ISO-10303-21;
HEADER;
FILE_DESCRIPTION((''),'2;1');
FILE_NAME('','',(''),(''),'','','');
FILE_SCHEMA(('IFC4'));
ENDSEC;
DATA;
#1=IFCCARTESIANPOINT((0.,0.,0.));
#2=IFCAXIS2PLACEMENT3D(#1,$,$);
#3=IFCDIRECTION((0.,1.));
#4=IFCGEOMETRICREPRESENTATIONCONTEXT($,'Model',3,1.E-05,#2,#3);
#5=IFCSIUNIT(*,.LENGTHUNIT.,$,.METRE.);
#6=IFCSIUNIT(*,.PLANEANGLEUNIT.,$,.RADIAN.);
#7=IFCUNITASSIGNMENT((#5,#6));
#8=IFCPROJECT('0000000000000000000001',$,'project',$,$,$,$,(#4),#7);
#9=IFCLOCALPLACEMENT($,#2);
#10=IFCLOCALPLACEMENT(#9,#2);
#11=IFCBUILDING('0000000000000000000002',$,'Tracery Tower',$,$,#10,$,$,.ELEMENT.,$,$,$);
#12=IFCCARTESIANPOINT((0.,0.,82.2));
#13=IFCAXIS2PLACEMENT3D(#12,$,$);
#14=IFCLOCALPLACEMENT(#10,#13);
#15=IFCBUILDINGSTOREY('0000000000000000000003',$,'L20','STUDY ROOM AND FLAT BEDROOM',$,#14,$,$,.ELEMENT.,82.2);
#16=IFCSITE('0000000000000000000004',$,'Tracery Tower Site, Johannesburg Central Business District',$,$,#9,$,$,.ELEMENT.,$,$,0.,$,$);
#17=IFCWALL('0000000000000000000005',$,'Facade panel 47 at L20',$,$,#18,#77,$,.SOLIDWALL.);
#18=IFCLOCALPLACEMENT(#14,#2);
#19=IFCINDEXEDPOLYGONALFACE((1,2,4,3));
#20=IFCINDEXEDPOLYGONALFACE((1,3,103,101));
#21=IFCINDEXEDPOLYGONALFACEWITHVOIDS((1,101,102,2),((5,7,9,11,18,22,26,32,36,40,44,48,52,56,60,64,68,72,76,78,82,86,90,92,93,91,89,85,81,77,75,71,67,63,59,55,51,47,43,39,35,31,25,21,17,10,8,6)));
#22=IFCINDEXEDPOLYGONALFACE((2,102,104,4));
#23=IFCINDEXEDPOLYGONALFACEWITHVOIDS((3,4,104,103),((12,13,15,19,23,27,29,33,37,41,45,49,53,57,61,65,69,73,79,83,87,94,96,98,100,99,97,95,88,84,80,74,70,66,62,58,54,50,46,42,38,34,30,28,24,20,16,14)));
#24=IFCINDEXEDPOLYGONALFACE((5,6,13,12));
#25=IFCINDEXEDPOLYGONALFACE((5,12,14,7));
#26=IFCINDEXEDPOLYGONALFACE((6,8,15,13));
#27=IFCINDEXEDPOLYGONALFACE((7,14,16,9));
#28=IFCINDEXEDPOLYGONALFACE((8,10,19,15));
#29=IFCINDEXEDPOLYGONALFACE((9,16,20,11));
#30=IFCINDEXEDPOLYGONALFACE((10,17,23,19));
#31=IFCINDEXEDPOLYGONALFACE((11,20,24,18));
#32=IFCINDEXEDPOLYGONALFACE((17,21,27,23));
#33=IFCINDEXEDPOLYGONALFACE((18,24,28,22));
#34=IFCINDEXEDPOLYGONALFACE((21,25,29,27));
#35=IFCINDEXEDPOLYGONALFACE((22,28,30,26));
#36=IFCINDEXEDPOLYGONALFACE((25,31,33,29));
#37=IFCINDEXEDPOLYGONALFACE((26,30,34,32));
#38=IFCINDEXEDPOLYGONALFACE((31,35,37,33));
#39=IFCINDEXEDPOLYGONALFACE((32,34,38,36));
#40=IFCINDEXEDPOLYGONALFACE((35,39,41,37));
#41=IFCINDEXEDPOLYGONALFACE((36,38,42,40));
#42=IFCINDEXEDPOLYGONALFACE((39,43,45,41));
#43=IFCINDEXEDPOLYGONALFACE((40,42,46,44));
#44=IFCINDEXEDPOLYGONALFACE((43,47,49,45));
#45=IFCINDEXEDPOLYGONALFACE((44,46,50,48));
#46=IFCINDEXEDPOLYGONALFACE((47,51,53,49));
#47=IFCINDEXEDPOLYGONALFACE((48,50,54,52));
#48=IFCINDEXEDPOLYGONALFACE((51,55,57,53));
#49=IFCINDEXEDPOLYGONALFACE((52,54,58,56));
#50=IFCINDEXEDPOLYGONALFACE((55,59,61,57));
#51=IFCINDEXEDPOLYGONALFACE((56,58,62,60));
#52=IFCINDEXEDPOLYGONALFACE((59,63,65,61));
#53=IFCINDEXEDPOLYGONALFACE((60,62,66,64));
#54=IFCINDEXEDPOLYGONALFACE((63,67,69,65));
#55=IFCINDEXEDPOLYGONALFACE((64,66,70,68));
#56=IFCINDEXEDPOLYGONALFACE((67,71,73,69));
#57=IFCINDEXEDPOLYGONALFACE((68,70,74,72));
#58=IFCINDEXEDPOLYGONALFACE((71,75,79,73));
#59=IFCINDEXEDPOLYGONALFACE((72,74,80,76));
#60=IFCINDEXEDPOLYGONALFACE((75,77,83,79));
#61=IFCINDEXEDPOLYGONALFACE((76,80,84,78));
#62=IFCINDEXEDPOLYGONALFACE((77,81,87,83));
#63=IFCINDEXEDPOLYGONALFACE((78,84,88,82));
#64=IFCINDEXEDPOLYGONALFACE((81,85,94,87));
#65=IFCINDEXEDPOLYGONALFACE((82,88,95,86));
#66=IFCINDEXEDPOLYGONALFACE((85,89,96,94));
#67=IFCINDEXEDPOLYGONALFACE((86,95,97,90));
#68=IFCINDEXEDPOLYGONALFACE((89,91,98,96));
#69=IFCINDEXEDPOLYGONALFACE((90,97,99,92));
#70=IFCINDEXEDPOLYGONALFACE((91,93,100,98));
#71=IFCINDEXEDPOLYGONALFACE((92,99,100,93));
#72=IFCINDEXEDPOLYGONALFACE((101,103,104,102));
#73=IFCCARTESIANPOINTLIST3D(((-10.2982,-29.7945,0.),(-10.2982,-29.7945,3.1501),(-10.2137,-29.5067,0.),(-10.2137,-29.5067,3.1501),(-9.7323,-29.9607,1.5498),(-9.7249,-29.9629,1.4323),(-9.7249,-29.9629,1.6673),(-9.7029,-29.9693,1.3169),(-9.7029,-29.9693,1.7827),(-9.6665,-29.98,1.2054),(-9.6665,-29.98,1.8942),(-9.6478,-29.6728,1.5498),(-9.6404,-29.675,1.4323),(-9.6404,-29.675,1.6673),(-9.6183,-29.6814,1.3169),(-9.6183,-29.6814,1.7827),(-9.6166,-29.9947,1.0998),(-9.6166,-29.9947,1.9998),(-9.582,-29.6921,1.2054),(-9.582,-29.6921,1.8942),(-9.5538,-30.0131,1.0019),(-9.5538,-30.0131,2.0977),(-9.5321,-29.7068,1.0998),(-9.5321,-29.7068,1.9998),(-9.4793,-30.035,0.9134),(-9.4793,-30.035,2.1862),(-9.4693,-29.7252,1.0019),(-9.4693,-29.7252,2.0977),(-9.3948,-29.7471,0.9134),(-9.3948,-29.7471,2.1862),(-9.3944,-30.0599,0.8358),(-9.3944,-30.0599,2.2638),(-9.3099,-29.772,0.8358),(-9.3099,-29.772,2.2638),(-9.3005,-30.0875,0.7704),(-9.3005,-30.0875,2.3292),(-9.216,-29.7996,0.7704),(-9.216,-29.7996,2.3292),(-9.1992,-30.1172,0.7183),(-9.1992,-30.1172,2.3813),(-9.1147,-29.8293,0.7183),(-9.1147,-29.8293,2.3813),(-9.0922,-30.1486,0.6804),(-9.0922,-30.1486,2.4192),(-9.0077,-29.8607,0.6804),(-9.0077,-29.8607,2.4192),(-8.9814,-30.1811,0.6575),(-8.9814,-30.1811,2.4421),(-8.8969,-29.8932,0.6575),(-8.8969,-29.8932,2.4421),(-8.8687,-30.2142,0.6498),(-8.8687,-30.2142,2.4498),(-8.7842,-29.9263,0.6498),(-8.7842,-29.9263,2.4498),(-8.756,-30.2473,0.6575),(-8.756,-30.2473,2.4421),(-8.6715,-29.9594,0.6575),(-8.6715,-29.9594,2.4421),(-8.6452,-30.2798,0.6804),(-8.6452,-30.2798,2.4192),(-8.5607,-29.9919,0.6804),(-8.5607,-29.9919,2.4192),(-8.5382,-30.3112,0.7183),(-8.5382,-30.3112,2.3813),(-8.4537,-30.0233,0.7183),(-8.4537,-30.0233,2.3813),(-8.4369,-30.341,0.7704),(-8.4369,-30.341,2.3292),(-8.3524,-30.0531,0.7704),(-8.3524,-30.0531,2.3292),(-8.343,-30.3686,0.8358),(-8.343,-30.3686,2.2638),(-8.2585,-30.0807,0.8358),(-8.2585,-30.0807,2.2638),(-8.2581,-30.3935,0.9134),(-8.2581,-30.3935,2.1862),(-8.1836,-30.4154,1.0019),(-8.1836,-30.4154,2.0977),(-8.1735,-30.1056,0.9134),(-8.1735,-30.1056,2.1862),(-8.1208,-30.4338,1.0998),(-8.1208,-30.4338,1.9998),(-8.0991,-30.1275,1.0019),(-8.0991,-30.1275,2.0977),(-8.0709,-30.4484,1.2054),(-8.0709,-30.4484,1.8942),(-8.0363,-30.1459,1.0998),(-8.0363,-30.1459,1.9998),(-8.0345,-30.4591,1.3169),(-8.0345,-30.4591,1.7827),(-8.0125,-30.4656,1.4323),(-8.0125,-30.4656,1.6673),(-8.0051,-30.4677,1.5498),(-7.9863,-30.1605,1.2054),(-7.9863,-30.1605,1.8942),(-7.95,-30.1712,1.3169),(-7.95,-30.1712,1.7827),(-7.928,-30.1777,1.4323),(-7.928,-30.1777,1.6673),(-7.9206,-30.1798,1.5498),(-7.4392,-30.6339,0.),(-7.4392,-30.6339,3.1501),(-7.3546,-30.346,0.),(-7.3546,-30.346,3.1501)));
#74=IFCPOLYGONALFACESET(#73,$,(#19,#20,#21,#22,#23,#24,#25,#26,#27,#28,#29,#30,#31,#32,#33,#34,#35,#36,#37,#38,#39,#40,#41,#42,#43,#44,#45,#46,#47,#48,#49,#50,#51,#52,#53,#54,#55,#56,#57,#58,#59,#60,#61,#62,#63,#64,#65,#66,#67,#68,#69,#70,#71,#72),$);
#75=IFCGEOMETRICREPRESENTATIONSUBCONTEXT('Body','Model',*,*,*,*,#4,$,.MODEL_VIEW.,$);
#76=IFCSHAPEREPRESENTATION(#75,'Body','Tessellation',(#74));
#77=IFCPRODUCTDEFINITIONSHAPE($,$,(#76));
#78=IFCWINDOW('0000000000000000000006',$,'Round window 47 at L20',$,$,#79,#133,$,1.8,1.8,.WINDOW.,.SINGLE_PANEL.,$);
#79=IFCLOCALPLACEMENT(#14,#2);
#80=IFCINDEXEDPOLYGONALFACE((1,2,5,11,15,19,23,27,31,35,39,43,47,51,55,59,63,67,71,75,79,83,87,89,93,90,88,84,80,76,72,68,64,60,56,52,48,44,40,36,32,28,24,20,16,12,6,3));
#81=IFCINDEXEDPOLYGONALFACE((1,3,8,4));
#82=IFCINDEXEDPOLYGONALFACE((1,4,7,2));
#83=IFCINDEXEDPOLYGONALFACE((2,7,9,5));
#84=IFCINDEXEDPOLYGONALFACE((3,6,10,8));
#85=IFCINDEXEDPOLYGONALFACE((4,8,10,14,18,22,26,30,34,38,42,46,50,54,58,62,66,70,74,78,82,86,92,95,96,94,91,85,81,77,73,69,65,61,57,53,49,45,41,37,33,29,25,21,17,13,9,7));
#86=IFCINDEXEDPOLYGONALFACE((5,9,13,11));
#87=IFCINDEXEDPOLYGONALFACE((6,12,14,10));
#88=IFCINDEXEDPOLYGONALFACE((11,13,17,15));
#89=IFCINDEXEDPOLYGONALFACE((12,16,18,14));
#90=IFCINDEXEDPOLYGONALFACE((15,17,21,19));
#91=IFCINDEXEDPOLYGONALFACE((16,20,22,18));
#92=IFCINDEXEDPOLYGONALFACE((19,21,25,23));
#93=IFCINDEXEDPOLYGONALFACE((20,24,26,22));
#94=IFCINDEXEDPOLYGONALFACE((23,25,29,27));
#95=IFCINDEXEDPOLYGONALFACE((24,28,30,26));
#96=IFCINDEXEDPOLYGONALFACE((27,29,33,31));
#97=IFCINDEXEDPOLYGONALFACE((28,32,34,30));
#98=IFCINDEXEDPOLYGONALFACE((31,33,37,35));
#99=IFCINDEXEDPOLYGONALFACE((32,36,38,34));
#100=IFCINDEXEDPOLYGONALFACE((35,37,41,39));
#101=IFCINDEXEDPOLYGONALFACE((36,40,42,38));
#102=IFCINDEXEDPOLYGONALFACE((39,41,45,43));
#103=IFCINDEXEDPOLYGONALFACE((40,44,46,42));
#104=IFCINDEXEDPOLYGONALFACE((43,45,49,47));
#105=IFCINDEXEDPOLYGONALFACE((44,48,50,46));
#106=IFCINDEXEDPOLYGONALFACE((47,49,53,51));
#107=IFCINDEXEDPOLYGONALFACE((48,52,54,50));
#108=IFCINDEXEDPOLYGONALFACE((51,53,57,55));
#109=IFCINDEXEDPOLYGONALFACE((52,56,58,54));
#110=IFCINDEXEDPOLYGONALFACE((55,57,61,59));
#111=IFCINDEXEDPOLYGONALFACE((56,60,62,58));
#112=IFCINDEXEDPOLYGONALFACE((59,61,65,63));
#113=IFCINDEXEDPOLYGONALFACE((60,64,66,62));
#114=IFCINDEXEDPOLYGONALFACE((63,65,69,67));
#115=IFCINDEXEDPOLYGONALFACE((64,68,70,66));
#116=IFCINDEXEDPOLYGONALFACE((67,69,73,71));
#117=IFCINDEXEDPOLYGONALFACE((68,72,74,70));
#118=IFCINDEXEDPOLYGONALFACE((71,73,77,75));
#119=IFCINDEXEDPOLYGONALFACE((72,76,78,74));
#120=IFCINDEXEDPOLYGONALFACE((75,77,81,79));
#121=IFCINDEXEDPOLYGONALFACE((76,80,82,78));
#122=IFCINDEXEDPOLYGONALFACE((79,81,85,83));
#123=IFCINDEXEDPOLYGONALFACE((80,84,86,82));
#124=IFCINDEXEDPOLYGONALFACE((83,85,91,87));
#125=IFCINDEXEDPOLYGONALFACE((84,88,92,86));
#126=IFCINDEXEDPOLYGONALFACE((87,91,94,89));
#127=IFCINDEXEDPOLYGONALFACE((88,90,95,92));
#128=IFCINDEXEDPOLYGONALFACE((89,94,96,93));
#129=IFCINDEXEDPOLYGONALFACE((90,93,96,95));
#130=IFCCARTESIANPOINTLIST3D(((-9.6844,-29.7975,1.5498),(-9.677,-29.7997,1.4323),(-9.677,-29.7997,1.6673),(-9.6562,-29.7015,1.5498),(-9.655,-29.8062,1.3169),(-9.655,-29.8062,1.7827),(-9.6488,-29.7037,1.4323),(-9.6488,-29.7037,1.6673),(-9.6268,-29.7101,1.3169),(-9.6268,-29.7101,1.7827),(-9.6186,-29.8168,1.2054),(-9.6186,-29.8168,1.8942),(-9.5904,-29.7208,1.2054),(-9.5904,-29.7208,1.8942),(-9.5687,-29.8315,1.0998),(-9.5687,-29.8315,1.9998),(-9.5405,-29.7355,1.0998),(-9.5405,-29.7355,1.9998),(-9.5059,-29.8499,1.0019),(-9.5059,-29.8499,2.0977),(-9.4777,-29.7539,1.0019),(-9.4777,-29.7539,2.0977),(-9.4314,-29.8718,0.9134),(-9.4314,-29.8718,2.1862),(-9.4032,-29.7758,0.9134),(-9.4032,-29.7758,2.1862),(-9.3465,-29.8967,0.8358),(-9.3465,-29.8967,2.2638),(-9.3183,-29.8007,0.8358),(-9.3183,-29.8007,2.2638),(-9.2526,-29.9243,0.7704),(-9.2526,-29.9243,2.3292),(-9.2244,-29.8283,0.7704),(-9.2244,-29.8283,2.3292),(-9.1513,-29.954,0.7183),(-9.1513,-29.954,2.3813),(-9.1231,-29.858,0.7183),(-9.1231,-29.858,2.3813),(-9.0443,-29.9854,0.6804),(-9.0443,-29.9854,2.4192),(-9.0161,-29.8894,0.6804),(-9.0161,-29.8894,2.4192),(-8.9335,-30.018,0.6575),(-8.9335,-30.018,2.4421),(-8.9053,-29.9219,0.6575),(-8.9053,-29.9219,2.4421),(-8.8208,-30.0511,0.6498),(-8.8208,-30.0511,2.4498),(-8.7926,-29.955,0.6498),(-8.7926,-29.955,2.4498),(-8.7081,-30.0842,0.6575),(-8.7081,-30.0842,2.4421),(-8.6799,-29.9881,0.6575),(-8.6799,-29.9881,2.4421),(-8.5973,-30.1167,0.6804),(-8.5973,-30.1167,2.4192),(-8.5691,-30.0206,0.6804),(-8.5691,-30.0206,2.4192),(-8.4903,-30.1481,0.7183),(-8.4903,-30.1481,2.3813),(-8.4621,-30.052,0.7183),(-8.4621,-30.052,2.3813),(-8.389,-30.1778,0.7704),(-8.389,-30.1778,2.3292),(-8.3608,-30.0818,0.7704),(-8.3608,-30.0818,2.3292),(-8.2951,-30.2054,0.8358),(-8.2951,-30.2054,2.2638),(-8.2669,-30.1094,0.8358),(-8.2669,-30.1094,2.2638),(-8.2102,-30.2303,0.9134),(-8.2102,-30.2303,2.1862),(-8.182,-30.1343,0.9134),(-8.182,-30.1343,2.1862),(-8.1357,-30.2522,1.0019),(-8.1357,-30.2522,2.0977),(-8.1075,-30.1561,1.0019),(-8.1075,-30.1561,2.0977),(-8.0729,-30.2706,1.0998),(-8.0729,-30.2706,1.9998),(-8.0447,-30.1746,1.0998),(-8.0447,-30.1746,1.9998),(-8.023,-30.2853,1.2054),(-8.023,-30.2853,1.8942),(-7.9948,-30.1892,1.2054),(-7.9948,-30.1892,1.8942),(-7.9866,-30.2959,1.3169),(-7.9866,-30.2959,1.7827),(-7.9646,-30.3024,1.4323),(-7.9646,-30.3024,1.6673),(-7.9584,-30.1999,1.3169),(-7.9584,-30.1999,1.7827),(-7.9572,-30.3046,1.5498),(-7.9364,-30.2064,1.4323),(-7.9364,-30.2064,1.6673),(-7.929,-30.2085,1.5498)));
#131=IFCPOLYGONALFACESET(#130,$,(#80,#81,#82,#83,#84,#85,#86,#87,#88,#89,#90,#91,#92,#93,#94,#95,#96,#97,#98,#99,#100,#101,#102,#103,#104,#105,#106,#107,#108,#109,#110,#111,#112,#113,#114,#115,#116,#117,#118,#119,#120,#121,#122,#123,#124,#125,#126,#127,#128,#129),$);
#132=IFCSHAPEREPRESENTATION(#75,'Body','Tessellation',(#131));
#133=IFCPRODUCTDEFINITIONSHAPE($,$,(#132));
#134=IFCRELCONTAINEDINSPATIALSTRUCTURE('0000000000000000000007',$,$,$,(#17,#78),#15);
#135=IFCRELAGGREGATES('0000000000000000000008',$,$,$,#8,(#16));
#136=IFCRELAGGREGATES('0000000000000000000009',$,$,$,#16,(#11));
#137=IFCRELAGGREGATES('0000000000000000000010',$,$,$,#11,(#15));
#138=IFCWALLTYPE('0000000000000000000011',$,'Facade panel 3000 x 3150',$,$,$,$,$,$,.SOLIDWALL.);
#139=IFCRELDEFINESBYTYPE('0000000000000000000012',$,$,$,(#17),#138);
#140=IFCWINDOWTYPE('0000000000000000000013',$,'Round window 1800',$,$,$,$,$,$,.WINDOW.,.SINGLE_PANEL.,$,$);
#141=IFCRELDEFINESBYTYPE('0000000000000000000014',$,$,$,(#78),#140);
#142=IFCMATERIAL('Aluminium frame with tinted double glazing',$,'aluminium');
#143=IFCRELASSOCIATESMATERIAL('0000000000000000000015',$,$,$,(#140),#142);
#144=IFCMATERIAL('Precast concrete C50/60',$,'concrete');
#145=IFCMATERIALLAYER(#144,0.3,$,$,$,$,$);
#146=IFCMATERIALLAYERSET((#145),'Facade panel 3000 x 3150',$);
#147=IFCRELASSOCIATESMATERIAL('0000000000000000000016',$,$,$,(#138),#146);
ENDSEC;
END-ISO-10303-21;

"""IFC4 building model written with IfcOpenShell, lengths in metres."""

from ifc_helpers import new_model, si_unit, direction, frame, frame_2d, origin, origin_2d, place, context, subcontext, project, spatial, rectangle, circle, extrude, material, layer, layer_set, type_object, element, fill, save


model = new_model("IFC4")

# Units and contexts
model_context = context("Model", 3, precision=1e-05, world=origin(), true_north=direction((0.0, 1.0)))
body_context = subcontext(model_context, "Body", "Model", "MODEL_VIEW")
ifc_project = project(units=[si_unit("LENGTHUNIT", "METRE"), si_unit("PLANEANGLEUNIT", "RADIAN")], contexts=[model_context])

# Site, building, storey
site_placement = place(None, origin())
site = spatial("IfcSite", under=ifc_project, at=site_placement, Name="Tracery Tower Site, Johannesburg Central Business District", CompositionType="ELEMENT", RefElevation=0.0)
building_placement = place(site_placement, origin())
building = spatial("IfcBuilding", under=site, at=building_placement, Name="Tracery Tower", CompositionType="ELEMENT")
storey_placement = place(building_placement, frame((0.0, 0.0, 82.2)))
storey = spatial("IfcBuildingStorey", under=building, at=storey_placement, Name="L20", Description="STUDY ROOM AND FLAT BEDROOM", CompositionType="ELEMENT", Elevation=82.2)

# Wall, opening, window
ifc_material_1 = material(Name="Aluminium frame with tinted double glazing", Category="aluminium")
window_type = type_object("IfcWindowType", Name="Round window 1800", PartitioningType="SINGLE_PANEL", PredefinedType="WINDOW", material=ifc_material_1)
ifc_material_2 = material(Name="Precast concrete C50/60", Category="concrete")
ifc_layer_1 = layer(ifc_material_2, 0.3)
ifc_layer_set_1 = layer_set([ifc_layer_1], Name="Facade panel 3000 x 3150")
wall_type_1 = type_object("IfcWallType", Name="Facade panel 3000 x 3150", PredefinedType="SOLIDWALL", material=ifc_layer_set_1)
wall_1_placement = place(storey_placement, frame((-10.2559, -29.6506, 0.0), z_axis=(0.0, 0.0, 1.0), x_axis=(0.959508, -0.281683, 0.0)))
wall_1 = element("IfcWall", 1, at=wall_1_placement, inside=storey, type_object=wall_type_1, Name="Facade panel 47 at L20", PredefinedType="SOLIDWALL", context=body_context, shape_type="SweptSolid", body=[
    extrude(rectangle(XDim=2.9797, YDim=0.3, at=frame_2d((1.4897, 0.0))), origin(), (0.0, 0.0, 1.0), 3.1501),
])
opening_1_placement = place(wall_1_placement, frame((1.4897, 0.0, 1.5498)))
opening_1 = element("IfcOpeningElement", 2, at=opening_1_placement, cuts=wall_1, PredefinedType="OPENING", context=body_context, shape_type="SweptSolid", body=[
    extrude(circle(Radius=0.9, at=origin_2d()), frame((0.0, 0.1599, 0.0), z_axis=(0.0, -1.0, 0.0), x_axis=(1.0, 0.0, 0.0)), (0.0, 0.0, 1.0), 0.3201),
])
window_1_placement = place(opening_1_placement, origin())
window_1 = element("IfcWindow", 3, at=window_1_placement, inside=storey, type_object=window_type, Name="Round window 47 at L20", OverallHeight=1.8, OverallWidth=1.8, PartitioningType="SINGLE_PANEL", PredefinedType="WINDOW", context=body_context, shape_type="SweptSolid", body=[
    extrude(circle(Radius=0.9, at=origin_2d()), frame((0.0, 0.1201, 0.0), z_axis=(0.0, -1.0, 0.0), x_axis=(1.0, 0.0, 0.0)), (0.0, 0.0, 1.0), 0.1001),
])
fill(opening_1, window_1)

save(model, "model.ifc")
